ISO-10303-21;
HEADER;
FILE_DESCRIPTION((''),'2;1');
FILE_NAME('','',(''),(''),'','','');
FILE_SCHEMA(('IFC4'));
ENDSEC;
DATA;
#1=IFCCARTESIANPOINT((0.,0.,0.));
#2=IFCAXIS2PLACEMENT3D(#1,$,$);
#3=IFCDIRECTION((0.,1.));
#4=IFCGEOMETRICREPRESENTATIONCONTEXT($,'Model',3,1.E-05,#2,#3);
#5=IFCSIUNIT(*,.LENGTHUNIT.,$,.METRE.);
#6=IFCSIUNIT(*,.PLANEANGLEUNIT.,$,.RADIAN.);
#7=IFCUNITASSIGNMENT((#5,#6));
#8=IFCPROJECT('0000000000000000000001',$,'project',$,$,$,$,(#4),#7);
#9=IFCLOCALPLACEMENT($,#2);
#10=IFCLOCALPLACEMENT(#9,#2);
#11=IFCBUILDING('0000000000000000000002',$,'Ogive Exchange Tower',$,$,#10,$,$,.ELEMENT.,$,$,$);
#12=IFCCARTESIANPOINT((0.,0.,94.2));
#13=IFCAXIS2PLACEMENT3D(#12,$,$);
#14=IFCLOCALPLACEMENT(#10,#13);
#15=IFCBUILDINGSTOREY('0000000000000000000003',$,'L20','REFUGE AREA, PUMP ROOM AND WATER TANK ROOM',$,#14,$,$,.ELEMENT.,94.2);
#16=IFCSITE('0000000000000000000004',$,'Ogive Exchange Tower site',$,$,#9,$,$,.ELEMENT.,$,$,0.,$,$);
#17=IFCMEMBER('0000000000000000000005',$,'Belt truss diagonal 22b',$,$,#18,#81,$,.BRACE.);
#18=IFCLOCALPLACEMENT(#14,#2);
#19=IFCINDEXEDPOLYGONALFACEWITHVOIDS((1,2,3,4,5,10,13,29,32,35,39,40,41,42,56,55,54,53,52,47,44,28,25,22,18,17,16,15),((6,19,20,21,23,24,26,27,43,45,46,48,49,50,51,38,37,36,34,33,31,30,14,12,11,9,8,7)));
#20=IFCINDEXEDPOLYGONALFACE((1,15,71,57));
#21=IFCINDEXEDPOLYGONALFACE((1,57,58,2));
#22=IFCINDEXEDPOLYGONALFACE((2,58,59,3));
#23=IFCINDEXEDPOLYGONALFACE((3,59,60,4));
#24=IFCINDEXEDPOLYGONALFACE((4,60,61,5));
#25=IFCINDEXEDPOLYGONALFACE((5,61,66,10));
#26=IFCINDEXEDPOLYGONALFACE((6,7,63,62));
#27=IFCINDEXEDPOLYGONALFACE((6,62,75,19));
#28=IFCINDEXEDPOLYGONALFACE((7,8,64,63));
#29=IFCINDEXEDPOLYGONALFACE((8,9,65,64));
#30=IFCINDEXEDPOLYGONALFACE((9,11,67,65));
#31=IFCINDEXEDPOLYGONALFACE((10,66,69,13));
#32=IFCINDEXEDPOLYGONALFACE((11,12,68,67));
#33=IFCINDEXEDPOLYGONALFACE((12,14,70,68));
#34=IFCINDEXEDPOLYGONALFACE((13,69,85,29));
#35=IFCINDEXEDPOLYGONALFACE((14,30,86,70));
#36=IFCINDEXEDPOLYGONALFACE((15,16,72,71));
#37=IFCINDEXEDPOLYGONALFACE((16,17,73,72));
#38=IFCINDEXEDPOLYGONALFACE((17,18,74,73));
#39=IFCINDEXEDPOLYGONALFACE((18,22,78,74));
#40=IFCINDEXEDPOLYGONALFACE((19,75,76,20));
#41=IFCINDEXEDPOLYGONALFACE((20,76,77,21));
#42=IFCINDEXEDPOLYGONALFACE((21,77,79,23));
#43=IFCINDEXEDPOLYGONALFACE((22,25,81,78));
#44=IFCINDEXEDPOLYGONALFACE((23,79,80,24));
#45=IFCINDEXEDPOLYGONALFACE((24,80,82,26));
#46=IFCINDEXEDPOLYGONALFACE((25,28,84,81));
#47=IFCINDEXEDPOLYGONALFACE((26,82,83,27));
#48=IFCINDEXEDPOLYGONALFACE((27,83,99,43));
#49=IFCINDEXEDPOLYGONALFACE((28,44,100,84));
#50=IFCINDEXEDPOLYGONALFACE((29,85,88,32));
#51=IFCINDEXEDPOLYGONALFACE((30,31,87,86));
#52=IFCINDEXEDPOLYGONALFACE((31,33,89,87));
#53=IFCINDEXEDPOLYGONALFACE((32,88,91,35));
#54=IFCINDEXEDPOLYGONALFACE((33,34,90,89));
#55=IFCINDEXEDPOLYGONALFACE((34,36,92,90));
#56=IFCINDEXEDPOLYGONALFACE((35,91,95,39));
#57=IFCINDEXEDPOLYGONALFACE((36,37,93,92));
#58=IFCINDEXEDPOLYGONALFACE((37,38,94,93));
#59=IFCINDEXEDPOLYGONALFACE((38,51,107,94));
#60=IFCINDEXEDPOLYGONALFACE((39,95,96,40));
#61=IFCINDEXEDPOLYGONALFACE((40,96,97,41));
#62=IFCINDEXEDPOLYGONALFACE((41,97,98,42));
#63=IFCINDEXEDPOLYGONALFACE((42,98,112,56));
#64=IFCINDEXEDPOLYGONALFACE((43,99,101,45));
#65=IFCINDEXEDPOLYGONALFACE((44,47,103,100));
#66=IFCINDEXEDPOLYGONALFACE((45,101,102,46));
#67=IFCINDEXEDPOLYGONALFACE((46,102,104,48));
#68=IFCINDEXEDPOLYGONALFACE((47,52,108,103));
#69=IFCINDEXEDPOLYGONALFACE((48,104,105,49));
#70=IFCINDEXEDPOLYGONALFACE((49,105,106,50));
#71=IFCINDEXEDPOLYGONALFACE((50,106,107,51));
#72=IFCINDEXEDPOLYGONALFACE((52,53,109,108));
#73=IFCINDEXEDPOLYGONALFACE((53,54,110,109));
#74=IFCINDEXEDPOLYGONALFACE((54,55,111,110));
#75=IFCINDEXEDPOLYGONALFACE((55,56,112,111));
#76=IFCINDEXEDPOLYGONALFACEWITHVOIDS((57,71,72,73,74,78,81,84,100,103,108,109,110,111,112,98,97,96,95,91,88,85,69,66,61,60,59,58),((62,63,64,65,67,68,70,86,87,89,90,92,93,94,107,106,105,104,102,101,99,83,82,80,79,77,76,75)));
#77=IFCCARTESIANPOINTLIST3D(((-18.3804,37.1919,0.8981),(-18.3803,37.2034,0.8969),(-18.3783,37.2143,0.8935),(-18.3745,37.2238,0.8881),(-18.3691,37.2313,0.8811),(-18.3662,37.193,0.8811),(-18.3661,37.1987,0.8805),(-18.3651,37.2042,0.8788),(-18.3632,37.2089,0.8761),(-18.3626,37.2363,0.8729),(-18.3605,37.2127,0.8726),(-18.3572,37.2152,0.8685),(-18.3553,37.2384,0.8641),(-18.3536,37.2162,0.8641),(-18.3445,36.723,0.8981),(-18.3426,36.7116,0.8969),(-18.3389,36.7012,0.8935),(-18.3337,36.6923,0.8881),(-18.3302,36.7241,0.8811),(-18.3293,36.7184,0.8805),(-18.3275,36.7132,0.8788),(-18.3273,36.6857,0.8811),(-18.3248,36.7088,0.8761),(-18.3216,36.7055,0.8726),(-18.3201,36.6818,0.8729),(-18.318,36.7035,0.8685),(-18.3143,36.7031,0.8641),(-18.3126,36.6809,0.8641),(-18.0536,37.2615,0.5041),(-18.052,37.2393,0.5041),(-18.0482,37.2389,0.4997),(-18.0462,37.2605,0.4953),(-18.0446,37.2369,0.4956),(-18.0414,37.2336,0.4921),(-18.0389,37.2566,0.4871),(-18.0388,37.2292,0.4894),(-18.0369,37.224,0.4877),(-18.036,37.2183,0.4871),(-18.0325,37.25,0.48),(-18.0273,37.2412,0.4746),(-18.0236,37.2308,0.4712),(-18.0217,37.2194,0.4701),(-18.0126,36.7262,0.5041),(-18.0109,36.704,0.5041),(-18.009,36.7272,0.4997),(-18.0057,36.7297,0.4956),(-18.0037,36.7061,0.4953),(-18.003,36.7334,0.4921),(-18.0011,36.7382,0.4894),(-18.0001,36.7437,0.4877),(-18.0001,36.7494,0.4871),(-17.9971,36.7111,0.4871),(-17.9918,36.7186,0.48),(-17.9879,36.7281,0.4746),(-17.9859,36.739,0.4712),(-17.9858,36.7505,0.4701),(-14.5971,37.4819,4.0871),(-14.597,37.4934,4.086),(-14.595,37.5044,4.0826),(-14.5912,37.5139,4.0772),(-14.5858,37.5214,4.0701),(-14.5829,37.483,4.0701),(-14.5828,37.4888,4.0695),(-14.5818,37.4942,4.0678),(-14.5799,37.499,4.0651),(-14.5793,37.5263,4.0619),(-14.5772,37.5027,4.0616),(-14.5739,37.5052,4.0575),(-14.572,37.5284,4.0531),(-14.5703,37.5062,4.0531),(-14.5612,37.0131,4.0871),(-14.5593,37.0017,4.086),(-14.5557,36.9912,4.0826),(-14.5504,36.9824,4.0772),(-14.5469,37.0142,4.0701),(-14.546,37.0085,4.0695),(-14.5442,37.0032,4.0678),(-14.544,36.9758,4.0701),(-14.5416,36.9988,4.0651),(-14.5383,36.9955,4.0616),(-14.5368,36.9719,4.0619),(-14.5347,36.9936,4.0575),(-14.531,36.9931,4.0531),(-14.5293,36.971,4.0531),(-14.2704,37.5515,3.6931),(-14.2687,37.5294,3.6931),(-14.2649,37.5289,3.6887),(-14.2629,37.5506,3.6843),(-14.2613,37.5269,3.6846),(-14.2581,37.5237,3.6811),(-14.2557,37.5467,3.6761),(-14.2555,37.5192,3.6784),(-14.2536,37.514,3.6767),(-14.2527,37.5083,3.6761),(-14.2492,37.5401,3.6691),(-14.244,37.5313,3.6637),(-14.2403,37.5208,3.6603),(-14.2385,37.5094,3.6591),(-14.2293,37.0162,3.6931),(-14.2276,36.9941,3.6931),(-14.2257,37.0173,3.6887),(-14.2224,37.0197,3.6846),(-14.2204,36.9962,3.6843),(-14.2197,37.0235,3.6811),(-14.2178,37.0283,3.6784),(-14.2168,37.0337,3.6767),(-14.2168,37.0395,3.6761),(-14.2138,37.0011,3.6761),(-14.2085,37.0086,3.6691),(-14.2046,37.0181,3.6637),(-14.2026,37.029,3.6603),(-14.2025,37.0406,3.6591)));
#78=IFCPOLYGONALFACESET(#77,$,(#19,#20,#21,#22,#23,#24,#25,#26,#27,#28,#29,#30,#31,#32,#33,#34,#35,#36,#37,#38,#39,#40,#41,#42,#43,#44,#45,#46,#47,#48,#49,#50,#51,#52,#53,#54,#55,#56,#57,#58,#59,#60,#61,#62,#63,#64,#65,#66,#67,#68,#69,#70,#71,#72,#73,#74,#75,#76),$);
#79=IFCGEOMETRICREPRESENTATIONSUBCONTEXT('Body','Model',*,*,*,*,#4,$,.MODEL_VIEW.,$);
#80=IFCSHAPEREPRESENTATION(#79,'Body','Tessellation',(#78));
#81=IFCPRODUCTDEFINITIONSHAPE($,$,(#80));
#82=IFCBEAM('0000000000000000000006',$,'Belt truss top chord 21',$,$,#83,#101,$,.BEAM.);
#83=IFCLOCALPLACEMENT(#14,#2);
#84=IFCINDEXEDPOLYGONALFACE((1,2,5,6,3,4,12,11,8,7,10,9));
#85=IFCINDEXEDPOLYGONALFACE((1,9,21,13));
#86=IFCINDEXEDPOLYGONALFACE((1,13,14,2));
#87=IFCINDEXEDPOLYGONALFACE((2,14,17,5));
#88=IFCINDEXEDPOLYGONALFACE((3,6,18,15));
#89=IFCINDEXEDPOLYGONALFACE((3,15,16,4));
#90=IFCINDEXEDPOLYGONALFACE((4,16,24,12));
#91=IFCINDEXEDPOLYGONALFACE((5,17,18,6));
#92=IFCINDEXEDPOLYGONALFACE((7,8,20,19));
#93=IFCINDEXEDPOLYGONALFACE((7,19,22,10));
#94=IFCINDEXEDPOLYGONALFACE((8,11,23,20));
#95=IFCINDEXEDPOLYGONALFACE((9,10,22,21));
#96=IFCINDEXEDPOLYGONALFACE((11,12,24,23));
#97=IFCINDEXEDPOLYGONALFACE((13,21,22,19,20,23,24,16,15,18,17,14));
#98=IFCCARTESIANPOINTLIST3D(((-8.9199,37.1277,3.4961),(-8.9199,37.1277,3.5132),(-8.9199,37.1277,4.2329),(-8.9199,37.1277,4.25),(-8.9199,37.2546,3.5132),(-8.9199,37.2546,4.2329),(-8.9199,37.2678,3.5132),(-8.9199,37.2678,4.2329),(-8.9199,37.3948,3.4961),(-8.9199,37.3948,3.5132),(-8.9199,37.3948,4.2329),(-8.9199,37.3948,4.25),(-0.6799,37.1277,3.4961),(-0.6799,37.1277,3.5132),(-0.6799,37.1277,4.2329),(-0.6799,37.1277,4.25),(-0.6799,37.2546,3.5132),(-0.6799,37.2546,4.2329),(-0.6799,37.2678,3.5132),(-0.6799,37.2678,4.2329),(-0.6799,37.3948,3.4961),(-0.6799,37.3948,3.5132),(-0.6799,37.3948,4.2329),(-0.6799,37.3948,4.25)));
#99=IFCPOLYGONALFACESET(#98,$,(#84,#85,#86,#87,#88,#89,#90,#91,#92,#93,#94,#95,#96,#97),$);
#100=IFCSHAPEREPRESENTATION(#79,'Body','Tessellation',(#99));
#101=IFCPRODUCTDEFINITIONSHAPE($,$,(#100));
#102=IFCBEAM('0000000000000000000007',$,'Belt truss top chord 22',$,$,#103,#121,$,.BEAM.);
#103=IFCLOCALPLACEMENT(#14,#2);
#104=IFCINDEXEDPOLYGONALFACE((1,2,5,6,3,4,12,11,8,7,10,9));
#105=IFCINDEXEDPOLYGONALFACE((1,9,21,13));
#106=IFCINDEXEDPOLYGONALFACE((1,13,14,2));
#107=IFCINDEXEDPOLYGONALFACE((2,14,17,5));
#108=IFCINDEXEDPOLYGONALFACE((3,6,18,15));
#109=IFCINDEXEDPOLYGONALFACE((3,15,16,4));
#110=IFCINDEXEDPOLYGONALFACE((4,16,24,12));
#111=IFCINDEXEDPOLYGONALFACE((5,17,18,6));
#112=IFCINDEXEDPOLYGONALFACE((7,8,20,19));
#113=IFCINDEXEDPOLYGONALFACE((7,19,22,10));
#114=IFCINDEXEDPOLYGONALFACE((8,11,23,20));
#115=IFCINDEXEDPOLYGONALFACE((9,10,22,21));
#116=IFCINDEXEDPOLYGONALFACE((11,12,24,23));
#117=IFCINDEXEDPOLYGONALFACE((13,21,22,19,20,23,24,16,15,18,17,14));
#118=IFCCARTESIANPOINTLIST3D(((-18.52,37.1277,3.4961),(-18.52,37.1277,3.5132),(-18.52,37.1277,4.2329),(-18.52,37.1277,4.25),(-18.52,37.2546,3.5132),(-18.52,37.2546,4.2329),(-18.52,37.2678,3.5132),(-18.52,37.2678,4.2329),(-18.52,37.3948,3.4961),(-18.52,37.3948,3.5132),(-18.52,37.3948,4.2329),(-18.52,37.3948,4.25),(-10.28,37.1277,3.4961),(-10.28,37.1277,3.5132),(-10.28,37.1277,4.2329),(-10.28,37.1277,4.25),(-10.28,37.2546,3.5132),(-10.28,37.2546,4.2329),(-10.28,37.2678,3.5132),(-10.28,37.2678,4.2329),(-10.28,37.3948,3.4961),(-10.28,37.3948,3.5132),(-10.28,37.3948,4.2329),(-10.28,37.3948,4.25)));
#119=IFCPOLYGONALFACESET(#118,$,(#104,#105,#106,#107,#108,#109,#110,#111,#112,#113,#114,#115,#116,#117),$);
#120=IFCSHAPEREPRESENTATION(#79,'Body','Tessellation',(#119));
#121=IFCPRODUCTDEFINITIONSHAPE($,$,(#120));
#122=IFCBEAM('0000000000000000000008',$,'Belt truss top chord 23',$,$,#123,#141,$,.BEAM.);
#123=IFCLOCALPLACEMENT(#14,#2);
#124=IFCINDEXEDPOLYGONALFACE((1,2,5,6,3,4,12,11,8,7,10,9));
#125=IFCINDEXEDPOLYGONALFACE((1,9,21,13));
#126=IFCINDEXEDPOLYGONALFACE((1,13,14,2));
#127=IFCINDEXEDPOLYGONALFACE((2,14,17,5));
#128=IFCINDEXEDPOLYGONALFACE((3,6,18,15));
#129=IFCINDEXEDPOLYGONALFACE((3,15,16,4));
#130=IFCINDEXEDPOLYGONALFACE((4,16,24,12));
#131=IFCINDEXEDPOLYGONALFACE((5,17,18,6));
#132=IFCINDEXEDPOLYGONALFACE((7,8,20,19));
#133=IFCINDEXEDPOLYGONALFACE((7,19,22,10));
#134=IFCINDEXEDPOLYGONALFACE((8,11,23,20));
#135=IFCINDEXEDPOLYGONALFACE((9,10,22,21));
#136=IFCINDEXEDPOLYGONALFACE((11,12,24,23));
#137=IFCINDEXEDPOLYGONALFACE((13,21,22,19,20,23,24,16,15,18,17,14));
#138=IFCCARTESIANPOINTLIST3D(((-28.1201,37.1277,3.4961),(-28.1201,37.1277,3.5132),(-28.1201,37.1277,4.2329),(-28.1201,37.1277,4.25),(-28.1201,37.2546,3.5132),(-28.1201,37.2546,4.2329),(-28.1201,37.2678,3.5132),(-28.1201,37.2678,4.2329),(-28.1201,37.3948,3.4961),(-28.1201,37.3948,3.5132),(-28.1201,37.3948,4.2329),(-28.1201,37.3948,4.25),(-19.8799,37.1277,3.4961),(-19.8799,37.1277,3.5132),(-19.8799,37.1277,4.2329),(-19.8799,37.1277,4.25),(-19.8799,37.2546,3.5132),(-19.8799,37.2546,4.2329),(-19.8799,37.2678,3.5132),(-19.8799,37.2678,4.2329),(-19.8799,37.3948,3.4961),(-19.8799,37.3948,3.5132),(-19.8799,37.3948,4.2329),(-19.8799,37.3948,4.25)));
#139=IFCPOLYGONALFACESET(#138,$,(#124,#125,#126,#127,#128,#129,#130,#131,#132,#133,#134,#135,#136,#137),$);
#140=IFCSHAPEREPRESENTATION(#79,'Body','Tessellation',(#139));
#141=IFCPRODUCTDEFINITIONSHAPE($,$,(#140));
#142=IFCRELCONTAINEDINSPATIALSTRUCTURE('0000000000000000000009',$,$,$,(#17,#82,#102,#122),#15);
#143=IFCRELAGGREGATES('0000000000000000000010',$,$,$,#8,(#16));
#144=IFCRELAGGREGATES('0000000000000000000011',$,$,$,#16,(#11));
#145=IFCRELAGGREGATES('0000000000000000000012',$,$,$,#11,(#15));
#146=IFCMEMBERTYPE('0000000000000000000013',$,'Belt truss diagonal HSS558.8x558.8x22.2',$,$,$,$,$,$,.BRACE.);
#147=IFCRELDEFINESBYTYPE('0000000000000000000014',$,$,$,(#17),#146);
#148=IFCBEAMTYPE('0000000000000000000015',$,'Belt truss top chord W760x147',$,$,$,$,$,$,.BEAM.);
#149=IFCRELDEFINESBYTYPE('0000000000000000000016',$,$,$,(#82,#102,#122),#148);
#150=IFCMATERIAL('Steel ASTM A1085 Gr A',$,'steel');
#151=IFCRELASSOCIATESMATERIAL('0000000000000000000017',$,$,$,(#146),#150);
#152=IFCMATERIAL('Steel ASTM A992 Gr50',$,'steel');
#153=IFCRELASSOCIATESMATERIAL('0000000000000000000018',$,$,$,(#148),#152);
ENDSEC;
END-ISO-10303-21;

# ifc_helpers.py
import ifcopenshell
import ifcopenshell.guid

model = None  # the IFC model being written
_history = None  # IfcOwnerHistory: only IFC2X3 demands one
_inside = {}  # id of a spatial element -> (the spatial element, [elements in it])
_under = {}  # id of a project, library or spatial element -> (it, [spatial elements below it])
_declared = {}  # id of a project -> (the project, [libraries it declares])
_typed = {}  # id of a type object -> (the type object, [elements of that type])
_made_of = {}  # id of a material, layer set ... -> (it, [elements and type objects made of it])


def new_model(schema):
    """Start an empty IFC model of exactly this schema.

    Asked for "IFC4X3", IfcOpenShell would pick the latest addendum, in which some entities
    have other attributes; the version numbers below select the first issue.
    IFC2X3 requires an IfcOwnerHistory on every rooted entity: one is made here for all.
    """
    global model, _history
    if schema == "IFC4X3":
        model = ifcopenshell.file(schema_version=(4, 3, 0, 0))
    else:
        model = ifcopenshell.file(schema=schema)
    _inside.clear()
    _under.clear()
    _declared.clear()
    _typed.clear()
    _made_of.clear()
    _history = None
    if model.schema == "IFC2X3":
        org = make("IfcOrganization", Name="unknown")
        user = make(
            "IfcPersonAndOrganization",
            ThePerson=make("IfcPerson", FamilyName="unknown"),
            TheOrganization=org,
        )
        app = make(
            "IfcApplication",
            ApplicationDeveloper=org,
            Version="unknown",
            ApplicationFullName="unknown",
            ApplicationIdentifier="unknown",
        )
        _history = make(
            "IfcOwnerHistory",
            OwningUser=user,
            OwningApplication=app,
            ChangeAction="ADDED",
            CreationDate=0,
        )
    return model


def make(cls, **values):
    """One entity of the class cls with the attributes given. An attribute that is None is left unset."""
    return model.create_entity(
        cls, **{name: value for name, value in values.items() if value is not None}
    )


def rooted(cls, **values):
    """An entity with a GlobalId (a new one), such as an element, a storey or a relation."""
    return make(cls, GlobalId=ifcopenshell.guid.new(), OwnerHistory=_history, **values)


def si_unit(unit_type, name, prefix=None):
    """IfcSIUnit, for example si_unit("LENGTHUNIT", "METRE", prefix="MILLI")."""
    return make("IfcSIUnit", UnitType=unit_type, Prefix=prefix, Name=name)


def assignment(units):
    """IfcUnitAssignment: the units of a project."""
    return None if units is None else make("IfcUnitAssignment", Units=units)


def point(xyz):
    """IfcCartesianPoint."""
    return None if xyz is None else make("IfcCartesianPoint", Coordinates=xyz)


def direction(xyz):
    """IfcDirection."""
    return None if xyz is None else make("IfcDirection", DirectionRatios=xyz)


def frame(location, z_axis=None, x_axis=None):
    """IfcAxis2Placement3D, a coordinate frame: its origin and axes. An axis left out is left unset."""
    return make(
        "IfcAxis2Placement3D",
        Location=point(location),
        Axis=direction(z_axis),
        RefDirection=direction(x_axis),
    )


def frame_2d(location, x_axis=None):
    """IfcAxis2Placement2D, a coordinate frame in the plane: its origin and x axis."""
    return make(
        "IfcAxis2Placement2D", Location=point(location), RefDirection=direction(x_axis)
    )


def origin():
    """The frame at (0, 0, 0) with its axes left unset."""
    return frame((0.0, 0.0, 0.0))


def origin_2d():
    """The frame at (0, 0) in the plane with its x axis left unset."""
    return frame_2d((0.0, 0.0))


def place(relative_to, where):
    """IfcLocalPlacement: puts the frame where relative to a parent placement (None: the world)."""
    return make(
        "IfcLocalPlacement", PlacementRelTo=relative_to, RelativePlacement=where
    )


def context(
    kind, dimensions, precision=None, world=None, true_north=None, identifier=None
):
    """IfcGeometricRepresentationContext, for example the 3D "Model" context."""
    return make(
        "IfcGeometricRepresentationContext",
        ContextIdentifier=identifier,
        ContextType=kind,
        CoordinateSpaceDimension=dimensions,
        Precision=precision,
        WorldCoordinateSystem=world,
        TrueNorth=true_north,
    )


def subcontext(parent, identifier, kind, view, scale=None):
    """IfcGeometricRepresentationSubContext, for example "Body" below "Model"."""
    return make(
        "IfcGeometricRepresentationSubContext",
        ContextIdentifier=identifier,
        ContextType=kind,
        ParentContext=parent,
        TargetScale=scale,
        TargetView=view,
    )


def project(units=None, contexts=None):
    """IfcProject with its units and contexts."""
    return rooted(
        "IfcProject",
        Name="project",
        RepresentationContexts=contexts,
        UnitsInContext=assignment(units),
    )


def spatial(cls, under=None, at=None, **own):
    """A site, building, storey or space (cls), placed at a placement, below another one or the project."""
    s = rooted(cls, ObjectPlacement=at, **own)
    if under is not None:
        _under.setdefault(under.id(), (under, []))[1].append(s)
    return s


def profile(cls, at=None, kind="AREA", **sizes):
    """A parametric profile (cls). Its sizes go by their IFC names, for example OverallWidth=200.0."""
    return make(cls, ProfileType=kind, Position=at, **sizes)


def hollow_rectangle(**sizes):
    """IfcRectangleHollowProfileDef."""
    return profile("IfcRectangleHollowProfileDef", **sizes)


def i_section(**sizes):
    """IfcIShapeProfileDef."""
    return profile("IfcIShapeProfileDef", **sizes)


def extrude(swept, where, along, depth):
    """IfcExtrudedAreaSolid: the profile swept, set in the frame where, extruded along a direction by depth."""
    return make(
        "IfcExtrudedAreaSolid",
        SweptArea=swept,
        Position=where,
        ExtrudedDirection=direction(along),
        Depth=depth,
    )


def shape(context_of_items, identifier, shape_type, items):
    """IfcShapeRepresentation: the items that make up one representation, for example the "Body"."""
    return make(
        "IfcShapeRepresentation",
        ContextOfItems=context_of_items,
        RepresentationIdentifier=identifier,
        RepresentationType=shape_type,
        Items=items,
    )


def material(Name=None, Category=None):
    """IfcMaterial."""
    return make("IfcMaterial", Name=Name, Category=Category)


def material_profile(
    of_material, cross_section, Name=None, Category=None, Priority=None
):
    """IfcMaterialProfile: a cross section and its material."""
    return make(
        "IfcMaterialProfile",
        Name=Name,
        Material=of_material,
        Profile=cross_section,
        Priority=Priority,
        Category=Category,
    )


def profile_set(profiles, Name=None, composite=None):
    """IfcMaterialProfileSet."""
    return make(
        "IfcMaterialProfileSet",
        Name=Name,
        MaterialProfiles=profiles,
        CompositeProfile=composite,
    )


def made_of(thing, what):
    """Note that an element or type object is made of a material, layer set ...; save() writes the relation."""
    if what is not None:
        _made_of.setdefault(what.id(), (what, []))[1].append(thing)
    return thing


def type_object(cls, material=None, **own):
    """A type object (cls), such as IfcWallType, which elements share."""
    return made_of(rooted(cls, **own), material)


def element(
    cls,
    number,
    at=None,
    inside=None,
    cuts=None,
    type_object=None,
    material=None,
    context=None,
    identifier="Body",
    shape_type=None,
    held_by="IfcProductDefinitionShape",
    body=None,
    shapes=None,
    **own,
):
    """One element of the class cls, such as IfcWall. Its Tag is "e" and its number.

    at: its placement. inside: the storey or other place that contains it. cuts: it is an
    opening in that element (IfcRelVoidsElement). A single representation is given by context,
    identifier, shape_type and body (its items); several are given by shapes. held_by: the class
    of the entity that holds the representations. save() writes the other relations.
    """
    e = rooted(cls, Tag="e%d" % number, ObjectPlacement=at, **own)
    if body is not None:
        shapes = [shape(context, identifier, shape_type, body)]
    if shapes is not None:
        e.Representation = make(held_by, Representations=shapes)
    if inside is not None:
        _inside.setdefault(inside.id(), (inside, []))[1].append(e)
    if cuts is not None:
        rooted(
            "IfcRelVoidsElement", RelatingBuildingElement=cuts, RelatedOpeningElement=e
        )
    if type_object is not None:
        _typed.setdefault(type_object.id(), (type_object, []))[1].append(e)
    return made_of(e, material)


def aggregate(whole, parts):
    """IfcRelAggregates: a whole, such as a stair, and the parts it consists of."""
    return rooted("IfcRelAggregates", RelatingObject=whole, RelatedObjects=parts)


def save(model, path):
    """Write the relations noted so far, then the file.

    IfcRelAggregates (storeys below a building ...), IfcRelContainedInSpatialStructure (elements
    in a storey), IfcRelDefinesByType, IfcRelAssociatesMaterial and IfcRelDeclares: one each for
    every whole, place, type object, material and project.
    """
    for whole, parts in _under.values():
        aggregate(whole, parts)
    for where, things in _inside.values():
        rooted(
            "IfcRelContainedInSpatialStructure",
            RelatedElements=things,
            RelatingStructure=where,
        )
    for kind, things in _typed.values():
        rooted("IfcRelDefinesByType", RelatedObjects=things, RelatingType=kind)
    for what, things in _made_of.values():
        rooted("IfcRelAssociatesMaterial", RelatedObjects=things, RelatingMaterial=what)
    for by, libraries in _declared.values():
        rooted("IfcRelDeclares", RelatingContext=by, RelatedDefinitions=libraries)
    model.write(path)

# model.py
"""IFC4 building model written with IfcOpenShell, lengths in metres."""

from ifc_helpers import new_model, si_unit, direction, frame, origin, origin_2d, place, context, subcontext, project, spatial, hollow_rectangle, i_section, extrude, material, material_profile, profile_set, type_object, element, save


model = new_model("IFC4")

# Units and contexts
model_context = context("Model", 3, precision=1e-05, world=origin(), true_north=direction((0.0, 1.0)))
body_context = subcontext(model_context, "Body", "Model", "MODEL_VIEW")
ifc_project = project(units=[si_unit("LENGTHUNIT", "METRE"), si_unit("PLANEANGLEUNIT", "RADIAN")], contexts=[model_context])

# Site, building, storey
site_placement = place(None, origin())
site = spatial("IfcSite", under=ifc_project, at=site_placement, Name="Ogive Exchange Tower site", CompositionType="ELEMENT", RefElevation=0.0)
building_placement = place(site_placement, origin())
building = spatial("IfcBuilding", under=site, at=building_placement, Name="Ogive Exchange Tower", CompositionType="ELEMENT")
storey_placement = place(building_placement, frame((0.0, 0.0, 94.2)))
storey = spatial("IfcBuildingStorey", under=building, at=storey_placement, Name="L20", Description="REFUGE AREA, PUMP ROOM AND WATER TANK ROOM", CompositionType="ELEMENT", Elevation=94.2)

# Shared definitions
ifc_material_1 = material(Name="Steel ASTM A992 Gr50", Category="steel")

# Member
ifc_material_2 = material(Name="Steel ASTM A1085 Gr A", Category="steel")
ifc_material_profile_1 = material_profile(ifc_material_2, hollow_rectangle(XDim=0.5591, YDim=0.5591, WallThickness=0.0222, InnerFilletRadius=0.0222, OuterFilletRadius=0.0444, at=origin_2d()), Name="HSS558.8x558.8x22.2")
ifc_profile_set_1 = profile_set([ifc_material_profile_1], Name="Steel ASTM A1085 Gr A")
member_type_1 = type_object("IfcMemberType", Name="Belt truss diagonal HSS558.8x558.8x22.2", PredefinedType="BRACE", material=ifc_profile_set_1)
member_1_placement = place(storey_placement, frame((-18.1831, 36.9712, 0.6841), z_axis=(0.763291, 0.058518, 0.643399), x_axis=(-0.076441, 0.997074, 0.0)))
element("IfcMember", 1, at=member_1_placement, inside=storey, type_object=member_type_1, Name="Belt truss diagonal 22b", PredefinedType="BRACE", context=body_context, shape_type="SweptSolid", body=[
    extrude(hollow_rectangle(XDim=0.5591, YDim=0.5591, WallThickness=0.0222, InnerFilletRadius=0.0222, OuterFilletRadius=0.0444, at=origin_2d()), origin(), (0.0, 0.0, 1.0), 4.9565),
])

# Beams
ifc_material_profile_2 = material_profile(ifc_material_1, i_section(OverallWidth=0.2671, OverallDepth=0.7539, WebThickness=0.0132, FlangeThickness=0.0171, at=origin_2d()), Name="W760x147")
ifc_profile_set_2 = profile_set([ifc_material_profile_2], Name="Steel ASTM A992 Gr50")
beam_type_1 = type_object("IfcBeamType", Name="Belt truss top chord W760x147", PredefinedType="BEAM", material=ifc_profile_set_2)
for number, where, z_axis, x_axis, name in (
    (2, (-0.6799, 37.2612, 3.873), (-1.0, 0.0, 0.0), (0.0, -1.0, 0.0), "Belt truss top chord 21"),
    (3, (-10.28, 37.2612, 3.873), (-1.0, 0.0, 0.0), (0.0, -1.0, 0.0), "Belt truss top chord 22"),
):
    element("IfcBeam", number, at=place(storey_placement, frame(where, z_axis=z_axis, x_axis=x_axis)), inside=storey, type_object=beam_type_1, Name=name, PredefinedType="BEAM", context=body_context, shape_type="SweptSolid", body=[
        extrude(i_section(OverallWidth=0.2671, OverallDepth=0.7539, WebThickness=0.0132, FlangeThickness=0.0171, at=origin_2d()), origin(), (0.0, 0.0, 1.0), 8.24),
    ])
beam_1_placement = place(storey_placement, frame((-19.8799, 37.2612, 3.873), z_axis=(-1.0, 0.0, 0.0), x_axis=(0.0, -1.0, 0.0)))
element("IfcBeam", 4, at=beam_1_placement, inside=storey, type_object=beam_type_1, Name="Belt truss top chord 23", PredefinedType="BEAM", context=body_context, shape_type="SweptSolid", body=[
    extrude(i_section(OverallWidth=0.2671, OverallDepth=0.7539, WebThickness=0.0132, FlangeThickness=0.0171, at=origin_2d()), origin(), (0.0, 0.0, 1.0), 8.2402),
])

save(model, "model.ifc")
